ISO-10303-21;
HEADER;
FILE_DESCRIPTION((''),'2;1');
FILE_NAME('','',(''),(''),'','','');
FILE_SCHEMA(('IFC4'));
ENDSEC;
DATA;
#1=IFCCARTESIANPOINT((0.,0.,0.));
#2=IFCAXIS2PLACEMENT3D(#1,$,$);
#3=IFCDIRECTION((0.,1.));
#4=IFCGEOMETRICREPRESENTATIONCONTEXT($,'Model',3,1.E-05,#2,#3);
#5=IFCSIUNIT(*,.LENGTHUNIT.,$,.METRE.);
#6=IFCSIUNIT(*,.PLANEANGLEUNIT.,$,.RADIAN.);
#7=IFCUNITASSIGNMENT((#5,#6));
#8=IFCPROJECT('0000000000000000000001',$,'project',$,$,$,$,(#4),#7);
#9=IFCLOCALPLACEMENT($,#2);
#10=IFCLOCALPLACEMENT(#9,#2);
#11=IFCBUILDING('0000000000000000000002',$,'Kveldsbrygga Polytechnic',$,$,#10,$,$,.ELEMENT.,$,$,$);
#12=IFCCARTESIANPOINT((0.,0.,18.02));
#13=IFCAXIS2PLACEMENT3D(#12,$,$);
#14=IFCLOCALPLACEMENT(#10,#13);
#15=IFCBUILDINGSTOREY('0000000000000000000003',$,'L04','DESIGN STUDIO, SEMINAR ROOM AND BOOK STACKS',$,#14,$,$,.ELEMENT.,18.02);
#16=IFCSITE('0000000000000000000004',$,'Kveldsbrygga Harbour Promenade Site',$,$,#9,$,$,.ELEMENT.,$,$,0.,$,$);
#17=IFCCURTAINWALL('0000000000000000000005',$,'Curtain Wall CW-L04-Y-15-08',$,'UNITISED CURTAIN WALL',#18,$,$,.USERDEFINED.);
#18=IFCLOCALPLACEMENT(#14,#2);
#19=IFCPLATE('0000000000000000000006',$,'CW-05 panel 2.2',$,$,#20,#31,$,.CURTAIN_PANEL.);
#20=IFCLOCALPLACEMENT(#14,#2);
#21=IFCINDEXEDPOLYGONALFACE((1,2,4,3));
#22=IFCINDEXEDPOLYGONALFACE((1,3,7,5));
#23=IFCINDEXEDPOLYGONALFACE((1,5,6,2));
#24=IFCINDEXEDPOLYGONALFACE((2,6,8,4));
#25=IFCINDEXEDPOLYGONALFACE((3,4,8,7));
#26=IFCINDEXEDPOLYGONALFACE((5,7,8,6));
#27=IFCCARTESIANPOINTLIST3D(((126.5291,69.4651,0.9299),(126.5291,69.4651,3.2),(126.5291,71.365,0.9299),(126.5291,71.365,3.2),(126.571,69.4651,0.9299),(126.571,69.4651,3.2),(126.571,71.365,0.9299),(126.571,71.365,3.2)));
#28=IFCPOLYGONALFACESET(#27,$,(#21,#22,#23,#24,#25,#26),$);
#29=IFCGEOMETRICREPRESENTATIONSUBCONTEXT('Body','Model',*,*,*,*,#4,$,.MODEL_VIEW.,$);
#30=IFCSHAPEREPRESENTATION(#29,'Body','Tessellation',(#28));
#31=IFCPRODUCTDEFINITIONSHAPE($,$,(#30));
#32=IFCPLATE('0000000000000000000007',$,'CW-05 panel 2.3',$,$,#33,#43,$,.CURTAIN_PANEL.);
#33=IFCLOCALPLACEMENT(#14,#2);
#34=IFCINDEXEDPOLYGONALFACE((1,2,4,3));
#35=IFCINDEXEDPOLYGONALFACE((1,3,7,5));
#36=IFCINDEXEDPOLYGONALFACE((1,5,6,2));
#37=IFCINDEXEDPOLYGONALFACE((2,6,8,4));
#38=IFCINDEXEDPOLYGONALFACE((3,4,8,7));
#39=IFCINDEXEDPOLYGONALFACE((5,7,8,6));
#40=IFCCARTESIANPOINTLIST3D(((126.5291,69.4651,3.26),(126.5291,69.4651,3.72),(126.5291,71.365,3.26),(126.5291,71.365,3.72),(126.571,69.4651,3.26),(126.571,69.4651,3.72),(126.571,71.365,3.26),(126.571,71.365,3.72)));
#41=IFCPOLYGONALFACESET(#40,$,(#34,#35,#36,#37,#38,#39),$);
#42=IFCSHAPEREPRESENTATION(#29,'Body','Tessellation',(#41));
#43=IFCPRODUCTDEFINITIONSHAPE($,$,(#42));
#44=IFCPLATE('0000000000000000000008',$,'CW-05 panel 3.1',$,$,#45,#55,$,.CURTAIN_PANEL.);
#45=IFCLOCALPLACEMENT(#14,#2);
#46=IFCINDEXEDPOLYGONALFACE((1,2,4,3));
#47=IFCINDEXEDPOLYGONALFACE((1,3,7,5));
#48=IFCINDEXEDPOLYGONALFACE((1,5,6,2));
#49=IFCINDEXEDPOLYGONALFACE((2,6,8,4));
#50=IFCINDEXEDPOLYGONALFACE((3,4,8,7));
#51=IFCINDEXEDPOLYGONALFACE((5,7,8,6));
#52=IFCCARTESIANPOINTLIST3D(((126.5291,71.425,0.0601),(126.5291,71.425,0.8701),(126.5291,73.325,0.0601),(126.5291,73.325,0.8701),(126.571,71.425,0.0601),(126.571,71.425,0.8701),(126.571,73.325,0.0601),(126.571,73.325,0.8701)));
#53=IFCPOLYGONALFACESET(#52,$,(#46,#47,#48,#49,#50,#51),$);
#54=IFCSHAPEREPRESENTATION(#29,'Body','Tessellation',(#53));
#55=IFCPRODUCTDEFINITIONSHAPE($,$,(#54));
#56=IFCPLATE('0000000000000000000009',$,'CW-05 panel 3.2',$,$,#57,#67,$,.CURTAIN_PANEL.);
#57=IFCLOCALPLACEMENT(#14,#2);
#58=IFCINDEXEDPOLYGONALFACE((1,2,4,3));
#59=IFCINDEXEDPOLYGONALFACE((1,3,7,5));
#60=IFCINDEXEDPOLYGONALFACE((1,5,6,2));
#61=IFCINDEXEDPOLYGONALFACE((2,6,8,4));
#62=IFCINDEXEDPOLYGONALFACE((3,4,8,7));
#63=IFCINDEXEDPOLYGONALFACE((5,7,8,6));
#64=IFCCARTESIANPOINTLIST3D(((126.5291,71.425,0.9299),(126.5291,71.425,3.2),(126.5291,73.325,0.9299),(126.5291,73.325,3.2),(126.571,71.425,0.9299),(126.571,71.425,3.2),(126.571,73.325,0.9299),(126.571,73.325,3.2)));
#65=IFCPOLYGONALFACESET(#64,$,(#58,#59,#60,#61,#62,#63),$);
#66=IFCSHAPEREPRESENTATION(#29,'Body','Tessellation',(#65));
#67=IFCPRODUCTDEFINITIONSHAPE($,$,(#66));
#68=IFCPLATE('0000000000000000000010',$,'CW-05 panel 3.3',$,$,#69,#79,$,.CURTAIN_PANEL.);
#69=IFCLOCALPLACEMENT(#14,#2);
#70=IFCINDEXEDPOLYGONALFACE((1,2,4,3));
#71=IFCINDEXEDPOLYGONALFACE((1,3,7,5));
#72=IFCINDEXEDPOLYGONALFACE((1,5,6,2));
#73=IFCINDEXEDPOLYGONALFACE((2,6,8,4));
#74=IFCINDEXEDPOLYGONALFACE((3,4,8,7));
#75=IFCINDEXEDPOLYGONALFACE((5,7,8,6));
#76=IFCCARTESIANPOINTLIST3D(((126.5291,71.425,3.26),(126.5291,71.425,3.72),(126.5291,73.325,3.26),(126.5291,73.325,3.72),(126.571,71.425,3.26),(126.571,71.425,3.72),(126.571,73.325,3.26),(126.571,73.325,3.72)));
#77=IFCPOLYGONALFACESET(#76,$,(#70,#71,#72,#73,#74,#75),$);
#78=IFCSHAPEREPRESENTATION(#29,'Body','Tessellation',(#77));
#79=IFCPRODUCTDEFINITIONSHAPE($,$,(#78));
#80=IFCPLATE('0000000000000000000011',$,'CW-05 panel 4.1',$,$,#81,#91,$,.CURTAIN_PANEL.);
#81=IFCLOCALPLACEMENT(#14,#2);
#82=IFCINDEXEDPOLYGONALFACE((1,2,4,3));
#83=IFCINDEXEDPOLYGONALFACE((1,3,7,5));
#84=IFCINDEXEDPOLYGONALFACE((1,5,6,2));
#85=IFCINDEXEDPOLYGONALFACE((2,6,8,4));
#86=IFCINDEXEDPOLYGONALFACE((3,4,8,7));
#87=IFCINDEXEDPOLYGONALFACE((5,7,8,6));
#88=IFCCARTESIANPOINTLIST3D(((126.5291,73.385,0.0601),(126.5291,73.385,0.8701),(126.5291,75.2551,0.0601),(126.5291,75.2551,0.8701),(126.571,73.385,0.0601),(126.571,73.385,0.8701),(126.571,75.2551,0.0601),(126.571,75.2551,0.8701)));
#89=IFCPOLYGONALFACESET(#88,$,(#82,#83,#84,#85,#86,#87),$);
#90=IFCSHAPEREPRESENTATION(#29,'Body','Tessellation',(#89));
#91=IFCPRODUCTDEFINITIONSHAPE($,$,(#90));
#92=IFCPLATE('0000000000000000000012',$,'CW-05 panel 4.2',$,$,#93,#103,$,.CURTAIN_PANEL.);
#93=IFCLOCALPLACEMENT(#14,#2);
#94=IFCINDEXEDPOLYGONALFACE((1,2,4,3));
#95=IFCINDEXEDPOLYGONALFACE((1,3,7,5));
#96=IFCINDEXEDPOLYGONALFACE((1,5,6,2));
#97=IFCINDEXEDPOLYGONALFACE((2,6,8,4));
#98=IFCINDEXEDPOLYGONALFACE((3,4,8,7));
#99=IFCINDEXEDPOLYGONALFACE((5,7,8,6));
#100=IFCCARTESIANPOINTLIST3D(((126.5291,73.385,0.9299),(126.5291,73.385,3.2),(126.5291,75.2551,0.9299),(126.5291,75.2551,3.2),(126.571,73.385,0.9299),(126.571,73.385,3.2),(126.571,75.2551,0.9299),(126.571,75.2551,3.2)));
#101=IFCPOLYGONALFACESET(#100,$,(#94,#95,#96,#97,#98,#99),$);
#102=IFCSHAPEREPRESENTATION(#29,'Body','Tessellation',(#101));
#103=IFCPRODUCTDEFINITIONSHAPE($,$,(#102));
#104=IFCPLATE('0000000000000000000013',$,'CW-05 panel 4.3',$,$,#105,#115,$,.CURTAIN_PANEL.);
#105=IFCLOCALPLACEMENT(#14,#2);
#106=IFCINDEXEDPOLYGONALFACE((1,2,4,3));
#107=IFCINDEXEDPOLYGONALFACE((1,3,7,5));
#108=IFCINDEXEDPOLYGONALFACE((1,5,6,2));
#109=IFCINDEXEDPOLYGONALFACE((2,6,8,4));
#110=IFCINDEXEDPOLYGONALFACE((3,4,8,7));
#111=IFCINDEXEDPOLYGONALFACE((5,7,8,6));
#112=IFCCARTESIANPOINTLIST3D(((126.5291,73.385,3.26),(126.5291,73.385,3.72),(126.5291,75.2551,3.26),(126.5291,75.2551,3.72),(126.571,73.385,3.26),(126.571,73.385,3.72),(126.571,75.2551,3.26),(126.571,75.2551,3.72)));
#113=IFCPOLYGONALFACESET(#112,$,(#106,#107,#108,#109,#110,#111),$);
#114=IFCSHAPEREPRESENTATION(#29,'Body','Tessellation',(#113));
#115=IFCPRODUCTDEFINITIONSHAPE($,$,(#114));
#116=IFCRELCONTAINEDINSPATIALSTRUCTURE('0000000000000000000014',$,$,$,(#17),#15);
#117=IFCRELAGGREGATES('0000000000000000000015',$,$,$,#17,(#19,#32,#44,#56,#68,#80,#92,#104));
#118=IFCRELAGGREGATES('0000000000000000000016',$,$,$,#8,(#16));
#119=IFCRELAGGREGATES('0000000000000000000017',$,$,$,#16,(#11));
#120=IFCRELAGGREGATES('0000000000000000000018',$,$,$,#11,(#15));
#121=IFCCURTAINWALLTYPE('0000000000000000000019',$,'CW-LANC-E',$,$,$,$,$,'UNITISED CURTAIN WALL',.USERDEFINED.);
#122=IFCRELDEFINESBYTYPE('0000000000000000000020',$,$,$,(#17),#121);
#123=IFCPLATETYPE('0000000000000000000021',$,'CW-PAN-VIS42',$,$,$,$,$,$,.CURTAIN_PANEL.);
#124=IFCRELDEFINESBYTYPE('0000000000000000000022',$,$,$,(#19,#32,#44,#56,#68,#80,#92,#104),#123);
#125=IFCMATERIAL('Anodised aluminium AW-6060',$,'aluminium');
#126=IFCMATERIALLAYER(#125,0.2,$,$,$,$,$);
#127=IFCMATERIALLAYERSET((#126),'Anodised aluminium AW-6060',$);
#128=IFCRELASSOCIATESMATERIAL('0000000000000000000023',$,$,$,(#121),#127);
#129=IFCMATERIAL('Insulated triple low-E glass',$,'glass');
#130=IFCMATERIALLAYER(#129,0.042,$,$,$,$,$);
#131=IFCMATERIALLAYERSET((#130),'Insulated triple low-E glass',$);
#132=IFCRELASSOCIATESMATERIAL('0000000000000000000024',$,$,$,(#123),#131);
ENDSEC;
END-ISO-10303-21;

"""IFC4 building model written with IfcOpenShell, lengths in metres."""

from ifc_helpers import new_model, si_unit, direction, frame, origin, origin_2d, place, context, subcontext, project, spatial, rectangle, extrude, material, layer, layer_set, type_object, element, aggregate, save


model = new_model("IFC4")

# Units and contexts
model_context = context("Model", 3, precision=1e-05, world=origin(), true_north=direction((0.0, 1.0)))
body_context = subcontext(model_context, "Body", "Model", "MODEL_VIEW")
ifc_project = project(units=[si_unit("LENGTHUNIT", "METRE"), si_unit("PLANEANGLEUNIT", "RADIAN")], contexts=[model_context])

# Site, building, storey
site_placement = place(None, origin())
site = spatial("IfcSite", under=ifc_project, at=site_placement, Name="Kveldsbrygga Harbour Promenade Site", CompositionType="ELEMENT", RefElevation=0.0)
building_placement = place(site_placement, origin())
building = spatial("IfcBuilding", under=site, at=building_placement, Name="Kveldsbrygga Polytechnic", CompositionType="ELEMENT")
storey_placement = place(building_placement, frame((0.0, 0.0, 18.02)))
storey = spatial("IfcBuildingStorey", under=building, at=storey_placement, Name="L04", Description="DESIGN STUDIO, SEMINAR ROOM AND BOOK STACKS", CompositionType="ELEMENT", Elevation=18.02)

# Curtain wall
ifc_material_1 = material(Name="Anodised aluminium AW-6060", Category="aluminium")
ifc_layer_1 = layer(ifc_material_1, 0.2)
ifc_layer_set_1 = layer_set([ifc_layer_1], Name="Anodised aluminium AW-6060")
curtain_wall_type = type_object("IfcCurtainWallType", Name="CW-LANC-E", ElementType="UNITISED CURTAIN WALL", PredefinedType="USERDEFINED", material=ifc_layer_set_1)
curtain_wall_placement = place(storey_placement, origin())
curtain_wall = element("IfcCurtainWall", 1, at=curtain_wall_placement, inside=storey, type_object=curtain_wall_type, Name="Curtain Wall CW-L04-Y-15-08", ObjectType="UNITISED CURTAIN WALL", PredefinedType="USERDEFINED")

# Plates
ifc_material_2 = material(Name="Insulated triple low-E glass", Category="glass")
ifc_layer_2 = layer(ifc_material_2, 0.042)
ifc_layer_set_2 = layer_set([ifc_layer_2], Name="Insulated triple low-E glass")
plate_type = type_object("IfcPlateType", Name="CW-PAN-VIS42", PredefinedType="CURTAIN_PANEL", material=ifc_layer_set_2)
plate_1_placement = place(storey_placement, frame((126.55, 70.415, 0.9299), z_axis=(0.0, 0.0, 1.0), x_axis=(0.0, 1.0, 0.0)))
plate_1 = element("IfcPlate", 2, at=plate_1_placement, type_object=plate_type, Name="CW-05 panel 2.2", PredefinedType="CURTAIN_PANEL", context=body_context, shape_type="SweptSolid", body=[
    extrude(rectangle(XDim=1.8999, YDim=0.042, at=origin_2d()), origin(), (0.0, 0.0, 1.0), 2.27),
])
plate_2_placement = place(storey_placement, frame((126.55, 70.415, 3.26), z_axis=(0.0, 0.0, 1.0), x_axis=(0.0, 1.0, 0.0)))
plate_2 = element("IfcPlate", 3, at=plate_2_placement, type_object=plate_type, Name="CW-05 panel 2.3", PredefinedType="CURTAIN_PANEL", context=body_context, shape_type="SweptSolid", body=[
    extrude(rectangle(XDim=1.8999, YDim=0.042, at=origin_2d()), origin(), (0.0, 0.0, 1.0), 0.46),
])
plate_3_placement = place(storey_placement, frame((126.55, 72.375, 0.0601), z_axis=(0.0, 0.0, 1.0), x_axis=(0.0, 1.0, 0.0)))
plate_3 = element("IfcPlate", 4, at=plate_3_placement, type_object=plate_type, Name="CW-05 panel 3.1", PredefinedType="CURTAIN_PANEL", context=body_context, shape_type="SweptSolid", body=[
    extrude(rectangle(XDim=1.8999, YDim=0.042, at=origin_2d()), origin(), (0.0, 0.0, 1.0), 0.8101),
])
plate_4_placement = place(storey_placement, frame((126.55, 72.375, 0.9299), z_axis=(0.0, 0.0, 1.0), x_axis=(0.0, 1.0, 0.0)))
plate_4 = element("IfcPlate", 5, at=plate_4_placement, type_object=plate_type, Name="CW-05 panel 3.2", PredefinedType="CURTAIN_PANEL", context=body_context, shape_type="SweptSolid", body=[
    extrude(rectangle(XDim=1.8999, YDim=0.042, at=origin_2d()), origin(), (0.0, 0.0, 1.0), 2.27),
])
plate_5_placement = place(storey_placement, frame((126.55, 72.375, 3.26), z_axis=(0.0, 0.0, 1.0), x_axis=(0.0, 1.0, 0.0)))
plate_5 = element("IfcPlate", 6, at=plate_5_placement, type_object=plate_type, Name="CW-05 panel 3.3", PredefinedType="CURTAIN_PANEL", context=body_context, shape_type="SweptSolid", body=[
    extrude(rectangle(XDim=1.8999, YDim=0.042, at=origin_2d()), origin(), (0.0, 0.0, 1.0), 0.46),
])
plate_6_placement = place(storey_placement, frame((126.55, 74.3201, 0.0601), z_axis=(0.0, 0.0, 1.0), x_axis=(0.0, 1.0, 0.0)))
plate_6 = element("IfcPlate", 7, at=plate_6_placement, type_object=plate_type, Name="CW-05 panel 4.1", PredefinedType="CURTAIN_PANEL", context=body_context, shape_type="SweptSolid", body=[
    extrude(rectangle(XDim=1.8701, YDim=0.042, at=origin_2d()), origin(), (0.0, 0.0, 1.0), 0.8101),
])
plate_7_placement = place(storey_placement, frame((126.55, 74.3201, 0.9299), z_axis=(0.0, 0.0, 1.0), x_axis=(0.0, 1.0, 0.0)))
plate_7 = element("IfcPlate", 8, at=plate_7_placement, type_object=plate_type, Name="CW-05 panel 4.2", PredefinedType="CURTAIN_PANEL", context=body_context, shape_type="SweptSolid", body=[
    extrude(rectangle(XDim=1.8701, YDim=0.042, at=origin_2d()), origin(), (0.0, 0.0, 1.0), 2.27),
])
plate_8_placement = place(storey_placement, frame((126.55, 74.3201, 3.26), z_axis=(0.0, 0.0, 1.0), x_axis=(0.0, 1.0, 0.0)))
plate_8 = element("IfcPlate", 9, at=plate_8_placement, type_object=plate_type, Name="CW-05 panel 4.3", PredefinedType="CURTAIN_PANEL", context=body_context, shape_type="SweptSolid", body=[
    extrude(rectangle(XDim=1.8701, YDim=0.042, at=origin_2d()), origin(), (0.0, 0.0, 1.0), 0.46),
])
aggregate(curtain_wall, [plate_1, plate_2, plate_3, plate_4, plate_5, plate_6, plate_7, plate_8])

save(model, "model.ifc")
